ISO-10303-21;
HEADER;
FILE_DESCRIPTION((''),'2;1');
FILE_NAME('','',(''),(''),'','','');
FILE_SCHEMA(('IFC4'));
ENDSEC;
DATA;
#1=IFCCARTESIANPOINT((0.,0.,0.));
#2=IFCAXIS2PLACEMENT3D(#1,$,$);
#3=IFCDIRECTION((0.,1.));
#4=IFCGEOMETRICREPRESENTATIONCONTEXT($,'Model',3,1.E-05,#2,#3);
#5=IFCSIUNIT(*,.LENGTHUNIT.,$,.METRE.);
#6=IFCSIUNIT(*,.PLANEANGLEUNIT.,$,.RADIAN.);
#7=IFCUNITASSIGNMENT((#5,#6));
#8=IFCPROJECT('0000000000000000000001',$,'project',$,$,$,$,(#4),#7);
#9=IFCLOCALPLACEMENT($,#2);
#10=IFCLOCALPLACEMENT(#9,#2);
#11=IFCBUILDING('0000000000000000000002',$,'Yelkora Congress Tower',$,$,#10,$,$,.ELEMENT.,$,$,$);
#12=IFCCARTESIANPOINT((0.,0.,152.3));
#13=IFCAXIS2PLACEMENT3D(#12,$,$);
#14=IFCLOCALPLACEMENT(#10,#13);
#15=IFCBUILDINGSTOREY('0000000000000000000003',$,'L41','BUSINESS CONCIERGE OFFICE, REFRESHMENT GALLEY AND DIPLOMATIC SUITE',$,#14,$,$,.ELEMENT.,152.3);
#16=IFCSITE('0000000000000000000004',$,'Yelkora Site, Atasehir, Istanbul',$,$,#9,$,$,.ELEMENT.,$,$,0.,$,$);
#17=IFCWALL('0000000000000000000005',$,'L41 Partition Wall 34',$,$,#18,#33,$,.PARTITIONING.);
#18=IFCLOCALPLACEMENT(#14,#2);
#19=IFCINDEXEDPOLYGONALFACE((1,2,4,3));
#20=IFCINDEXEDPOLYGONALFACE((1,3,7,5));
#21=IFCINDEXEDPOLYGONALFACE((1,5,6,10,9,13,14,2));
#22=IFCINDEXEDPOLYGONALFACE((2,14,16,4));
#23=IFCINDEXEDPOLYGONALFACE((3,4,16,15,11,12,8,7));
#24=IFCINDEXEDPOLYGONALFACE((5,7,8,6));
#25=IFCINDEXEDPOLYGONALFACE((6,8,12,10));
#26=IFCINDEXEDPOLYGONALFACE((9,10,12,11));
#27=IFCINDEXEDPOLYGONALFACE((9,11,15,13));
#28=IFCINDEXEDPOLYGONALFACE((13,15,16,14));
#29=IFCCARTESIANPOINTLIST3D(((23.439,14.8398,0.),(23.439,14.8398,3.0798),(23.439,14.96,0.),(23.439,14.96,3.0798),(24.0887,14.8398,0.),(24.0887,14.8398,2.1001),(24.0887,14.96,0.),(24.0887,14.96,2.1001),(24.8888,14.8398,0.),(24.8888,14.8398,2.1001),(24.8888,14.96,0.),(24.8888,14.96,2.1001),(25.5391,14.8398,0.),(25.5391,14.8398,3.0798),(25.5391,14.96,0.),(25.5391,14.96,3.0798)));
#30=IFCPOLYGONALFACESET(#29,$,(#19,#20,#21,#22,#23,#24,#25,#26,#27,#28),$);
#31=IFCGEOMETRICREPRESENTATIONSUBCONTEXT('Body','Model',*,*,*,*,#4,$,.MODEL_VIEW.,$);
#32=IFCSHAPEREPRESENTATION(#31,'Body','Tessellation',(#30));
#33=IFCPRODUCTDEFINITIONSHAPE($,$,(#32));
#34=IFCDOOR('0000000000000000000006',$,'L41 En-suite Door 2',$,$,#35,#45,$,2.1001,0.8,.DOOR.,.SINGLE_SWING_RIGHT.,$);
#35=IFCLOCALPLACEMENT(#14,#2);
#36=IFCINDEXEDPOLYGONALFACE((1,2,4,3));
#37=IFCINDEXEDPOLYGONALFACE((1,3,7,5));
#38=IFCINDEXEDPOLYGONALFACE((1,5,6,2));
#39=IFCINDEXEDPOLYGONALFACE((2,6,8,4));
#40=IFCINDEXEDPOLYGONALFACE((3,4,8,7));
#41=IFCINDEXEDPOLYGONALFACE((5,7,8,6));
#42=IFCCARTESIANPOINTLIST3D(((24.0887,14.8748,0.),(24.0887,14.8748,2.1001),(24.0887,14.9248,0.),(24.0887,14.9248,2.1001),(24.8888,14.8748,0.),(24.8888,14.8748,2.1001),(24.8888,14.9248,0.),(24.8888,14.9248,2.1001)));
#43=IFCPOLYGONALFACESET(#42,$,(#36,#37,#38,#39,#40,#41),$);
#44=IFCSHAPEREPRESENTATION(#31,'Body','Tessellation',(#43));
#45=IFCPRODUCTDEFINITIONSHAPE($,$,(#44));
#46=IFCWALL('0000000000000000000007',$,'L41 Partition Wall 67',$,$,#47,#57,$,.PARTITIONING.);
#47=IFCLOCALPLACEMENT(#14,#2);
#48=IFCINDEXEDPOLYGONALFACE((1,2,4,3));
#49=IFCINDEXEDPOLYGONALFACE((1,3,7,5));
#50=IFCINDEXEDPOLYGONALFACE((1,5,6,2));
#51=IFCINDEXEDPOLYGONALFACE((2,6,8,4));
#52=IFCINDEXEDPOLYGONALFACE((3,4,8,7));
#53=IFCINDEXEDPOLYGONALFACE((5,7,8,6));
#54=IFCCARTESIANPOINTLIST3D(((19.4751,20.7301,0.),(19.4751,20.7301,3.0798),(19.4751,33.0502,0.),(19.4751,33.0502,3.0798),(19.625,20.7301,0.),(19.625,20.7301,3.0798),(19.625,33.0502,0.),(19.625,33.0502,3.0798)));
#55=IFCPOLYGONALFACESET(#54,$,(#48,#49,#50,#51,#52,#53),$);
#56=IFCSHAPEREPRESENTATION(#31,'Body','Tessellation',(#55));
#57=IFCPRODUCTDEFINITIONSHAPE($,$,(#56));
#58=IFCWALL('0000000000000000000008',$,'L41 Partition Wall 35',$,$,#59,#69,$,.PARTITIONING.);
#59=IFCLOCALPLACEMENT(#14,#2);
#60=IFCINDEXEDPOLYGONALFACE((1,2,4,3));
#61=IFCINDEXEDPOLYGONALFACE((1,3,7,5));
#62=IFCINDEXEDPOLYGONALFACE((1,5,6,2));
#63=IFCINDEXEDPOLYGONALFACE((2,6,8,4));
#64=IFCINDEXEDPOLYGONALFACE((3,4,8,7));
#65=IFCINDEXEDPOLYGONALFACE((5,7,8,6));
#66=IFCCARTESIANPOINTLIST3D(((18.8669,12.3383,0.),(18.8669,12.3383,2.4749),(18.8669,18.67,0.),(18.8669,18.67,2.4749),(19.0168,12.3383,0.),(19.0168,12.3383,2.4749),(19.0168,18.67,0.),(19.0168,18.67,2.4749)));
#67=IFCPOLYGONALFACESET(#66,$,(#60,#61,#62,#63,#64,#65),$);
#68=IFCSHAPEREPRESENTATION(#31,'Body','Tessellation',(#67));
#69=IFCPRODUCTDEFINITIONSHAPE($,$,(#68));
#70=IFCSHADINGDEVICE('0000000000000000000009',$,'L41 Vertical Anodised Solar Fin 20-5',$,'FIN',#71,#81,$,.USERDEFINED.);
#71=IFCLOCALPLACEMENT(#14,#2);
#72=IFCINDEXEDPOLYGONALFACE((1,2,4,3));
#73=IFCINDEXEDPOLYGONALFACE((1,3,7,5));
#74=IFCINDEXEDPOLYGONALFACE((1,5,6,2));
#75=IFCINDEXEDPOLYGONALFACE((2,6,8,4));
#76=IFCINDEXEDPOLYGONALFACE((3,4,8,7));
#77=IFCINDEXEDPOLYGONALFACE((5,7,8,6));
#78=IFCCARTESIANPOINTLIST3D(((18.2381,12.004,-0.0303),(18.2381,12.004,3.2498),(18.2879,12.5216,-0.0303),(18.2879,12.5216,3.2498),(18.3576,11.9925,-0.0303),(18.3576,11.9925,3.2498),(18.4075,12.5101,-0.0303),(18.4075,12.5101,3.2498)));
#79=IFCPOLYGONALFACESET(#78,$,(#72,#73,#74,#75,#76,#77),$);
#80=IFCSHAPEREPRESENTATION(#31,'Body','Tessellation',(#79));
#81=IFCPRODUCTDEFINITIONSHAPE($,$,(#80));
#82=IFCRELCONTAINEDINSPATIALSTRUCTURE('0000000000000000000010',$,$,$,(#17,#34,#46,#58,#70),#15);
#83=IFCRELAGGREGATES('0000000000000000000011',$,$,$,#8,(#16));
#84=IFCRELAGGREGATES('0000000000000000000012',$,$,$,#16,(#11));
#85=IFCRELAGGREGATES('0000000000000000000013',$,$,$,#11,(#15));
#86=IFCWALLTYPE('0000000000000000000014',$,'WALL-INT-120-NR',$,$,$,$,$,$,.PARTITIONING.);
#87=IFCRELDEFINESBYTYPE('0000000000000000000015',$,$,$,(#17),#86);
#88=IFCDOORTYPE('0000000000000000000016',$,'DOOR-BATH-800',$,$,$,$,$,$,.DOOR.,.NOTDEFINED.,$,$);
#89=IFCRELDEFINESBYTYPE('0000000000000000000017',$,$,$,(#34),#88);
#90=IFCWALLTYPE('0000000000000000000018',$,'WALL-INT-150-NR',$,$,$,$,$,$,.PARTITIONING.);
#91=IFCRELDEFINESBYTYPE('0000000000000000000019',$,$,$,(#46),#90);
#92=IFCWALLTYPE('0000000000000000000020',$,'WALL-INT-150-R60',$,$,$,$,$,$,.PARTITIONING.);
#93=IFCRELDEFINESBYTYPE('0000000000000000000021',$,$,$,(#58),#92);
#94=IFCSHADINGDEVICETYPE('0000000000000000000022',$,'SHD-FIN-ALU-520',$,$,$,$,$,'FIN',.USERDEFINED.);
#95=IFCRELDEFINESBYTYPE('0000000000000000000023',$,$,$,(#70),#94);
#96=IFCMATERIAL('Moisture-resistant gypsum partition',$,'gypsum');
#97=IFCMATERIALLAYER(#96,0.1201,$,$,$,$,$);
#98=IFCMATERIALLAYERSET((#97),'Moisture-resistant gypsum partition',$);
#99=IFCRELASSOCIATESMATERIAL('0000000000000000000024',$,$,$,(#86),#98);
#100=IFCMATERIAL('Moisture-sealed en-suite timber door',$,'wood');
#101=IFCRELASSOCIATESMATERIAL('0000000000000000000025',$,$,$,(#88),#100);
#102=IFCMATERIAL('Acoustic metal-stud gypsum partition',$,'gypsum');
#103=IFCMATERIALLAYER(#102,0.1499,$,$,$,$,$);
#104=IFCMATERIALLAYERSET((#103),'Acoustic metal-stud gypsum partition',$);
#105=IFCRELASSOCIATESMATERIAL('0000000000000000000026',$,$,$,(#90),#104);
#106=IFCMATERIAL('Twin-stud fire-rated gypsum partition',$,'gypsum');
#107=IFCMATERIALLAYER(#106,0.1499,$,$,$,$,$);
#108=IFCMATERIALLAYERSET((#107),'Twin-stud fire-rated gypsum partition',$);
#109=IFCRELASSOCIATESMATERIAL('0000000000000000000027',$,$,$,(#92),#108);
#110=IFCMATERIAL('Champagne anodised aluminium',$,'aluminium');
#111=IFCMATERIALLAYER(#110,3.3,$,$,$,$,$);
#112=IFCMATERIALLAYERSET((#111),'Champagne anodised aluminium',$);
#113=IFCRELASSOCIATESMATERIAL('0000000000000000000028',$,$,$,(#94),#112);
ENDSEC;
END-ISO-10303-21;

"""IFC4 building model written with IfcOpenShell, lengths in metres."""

from ifc_helpers import new_model, si_unit, direction, frame, frame_2d, origin, origin_2d, place, context, subcontext, project, spatial, rectangle, extrude, material, layer, layer_set, type_object, element, fill, save


model = new_model("IFC4")

# Units and contexts
model_context = context("Model", 3, precision=1e-05, world=origin(), true_north=direction((0.0, 1.0)))
body_context = subcontext(model_context, "Body", "Model", "MODEL_VIEW")
ifc_project = project(units=[si_unit("LENGTHUNIT", "METRE"), si_unit("PLANEANGLEUNIT", "RADIAN")], contexts=[model_context])

# Site, building, storey
site_placement = place(None, origin())
site = spatial("IfcSite", under=ifc_project, at=site_placement, Name="Yelkora Site, Atasehir, Istanbul", CompositionType="ELEMENT", RefElevation=0.0)
building_placement = place(site_placement, origin())
building = spatial("IfcBuilding", under=site, at=building_placement, Name="Yelkora Congress Tower", CompositionType="ELEMENT")
storey_placement = place(building_placement, frame((0.0, 0.0, 152.3)))
storey = spatial("IfcBuildingStorey", under=building, at=storey_placement, Name="L41", Description="BUSINESS CONCIERGE OFFICE, REFRESHMENT GALLEY AND DIPLOMATIC SUITE", CompositionType="ELEMENT", Elevation=152.3)

# Shared definitions
ifc_material_1 = material(Name="Moisture-resistant gypsum partition", Category="gypsum")
ifc_layer_1 = layer(ifc_material_1, 0.1201)
ifc_layer_set_1 = layer_set([ifc_layer_1], Name="Moisture-resistant gypsum partition")
wall_type_1 = type_object("IfcWallType", Name="WALL-INT-120-NR", PredefinedType="PARTITIONING", material=ifc_layer_set_1)

# Wall, opening, door
wall_1_placement = place(storey_placement, frame((23.439, 14.8999, 0.0), z_axis=(0.0, 0.0, 1.0), x_axis=(1.0, 0.0, 0.0)))
wall_1 = element("IfcWall", 1, at=wall_1_placement, inside=storey, type_object=wall_type_1, Name="L41 Partition Wall 34", PredefinedType="PARTITIONING", context=body_context, shape_type="SweptSolid", body=[
    extrude(rectangle(XDim=2.1001, YDim=0.1201, at=frame_2d((1.05, 0.0))), origin(), (0.0, 0.0, 1.0), 3.0798),
])
opening_placement = place(wall_1_placement, frame((0.6499, 0.0, 0.0)))
opening = element("IfcOpeningElement", 2, at=opening_placement, cuts=wall_1, PredefinedType="OPENING", context=body_context, shape_type="SweptSolid", body=[
    extrude(rectangle(XDim=0.8, YDim=2.1001, at=frame_2d((0.3999, 1.05))), frame((0.0, 0.0701, 0.0), z_axis=(0.0, -1.0, 0.0), x_axis=(1.0, 0.0, 0.0)), (0.0, 0.0, 1.0), 0.1401),
])
ifc_material_2 = material(Name="Moisture-sealed en-suite timber door", Category="wood")
door_type = type_object("IfcDoorType", Name="DOOR-BATH-800", OperationType="NOTDEFINED", PredefinedType="DOOR", material=ifc_material_2)
door_placement = place(opening_placement, origin())
door = element("IfcDoor", 3, at=door_placement, inside=storey, type_object=door_type, Name="L41 En-suite Door 2", OperationType="SINGLE_SWING_RIGHT", OverallHeight=2.1001, OverallWidth=0.8, PredefinedType="DOOR", context=body_context, shape_type="SweptSolid", body=[
    extrude(rectangle(XDim=0.8, YDim=2.1001, at=frame_2d((0.3999, 1.05))), frame((0.0, 0.0249, 0.0), z_axis=(0.0, -1.0, 0.0), x_axis=(1.0, 0.0, 0.0)), (0.0, 0.0, 1.0), 0.05),
])
fill(opening, door)

# Walls
ifc_material_3 = material(Name="Acoustic metal-stud gypsum partition", Category="gypsum")
ifc_layer_2 = layer(ifc_material_3, 0.1499)
ifc_layer_set_2 = layer_set([ifc_layer_2], Name="Acoustic metal-stud gypsum partition")
wall_type_2 = type_object("IfcWallType", Name="WALL-INT-150-NR", PredefinedType="PARTITIONING", material=ifc_layer_set_2)
wall_2_placement = place(storey_placement, frame((19.55, 20.73, 0.0), z_axis=(0.0, 0.0, 1.0), x_axis=(0.0, 1.0, 0.0)))
element("IfcWall", 4, at=wall_2_placement, inside=storey, type_object=wall_type_2, Name="L41 Partition Wall 67", PredefinedType="PARTITIONING", context=body_context, shape_type="SweptSolid", body=[
    extrude(rectangle(XDim=12.3201, YDim=0.1499, at=frame_2d((6.1602, 0.0))), origin(), (0.0, 0.0, 1.0), 3.0798),
])
ifc_material_4 = material(Name="Twin-stud fire-rated gypsum partition", Category="gypsum")
ifc_layer_3 = layer(ifc_material_4, 0.1499)
ifc_layer_set_3 = layer_set([ifc_layer_3], Name="Twin-stud fire-rated gypsum partition")
wall_type_3 = type_object("IfcWallType", Name="WALL-INT-150-R60", PredefinedType="PARTITIONING", material=ifc_layer_set_3)
wall_3_placement = place(storey_placement, frame((18.9419, 12.3381, 0.0), z_axis=(0.0, 0.0, 1.0), x_axis=(0.0, 1.0, 0.0)))
element("IfcWall", 5, at=wall_3_placement, inside=storey, type_object=wall_type_3, Name="L41 Partition Wall 35", PredefinedType="PARTITIONING", context=body_context, shape_type="SweptSolid", body=[
    extrude(rectangle(XDim=6.3318, YDim=0.1499, at=frame_2d((3.166, 0.0))), origin(), (0.0, 0.0, 1.0), 2.4749),
])

# Shading device
ifc_material_5 = material(Name="Champagne anodised aluminium", Category="aluminium")
ifc_layer_4 = layer(ifc_material_5, 3.3)
ifc_layer_set_4 = layer_set([ifc_layer_4], Name="Champagne anodised aluminium")
shading_device_type = type_object("IfcShadingDeviceType", Name="SHD-FIN-ALU-520", ElementType="FIN", PredefinedType="USERDEFINED", material=ifc_layer_set_4)
shading_device_placement = place(storey_placement, frame((18.3228, 12.2571, -0.0303), z_axis=(0.0, 0.0, 1.0), x_axis=(-0.995396, 0.095846, 0.0)))
element("IfcShadingDevice", 6, at=shading_device_placement, inside=storey, type_object=shading_device_type, Name="L41 Vertical Anodised Solar Fin 20-5", ObjectType="FIN", PredefinedType="USERDEFINED", context=body_context, shape_type="SweptSolid", body=[
    extrude(rectangle(XDim=0.1201, YDim=0.52, at=origin_2d()), origin(), (0.0, 0.0, 1.0), 3.28),
])

save(model, "model.ifc")
